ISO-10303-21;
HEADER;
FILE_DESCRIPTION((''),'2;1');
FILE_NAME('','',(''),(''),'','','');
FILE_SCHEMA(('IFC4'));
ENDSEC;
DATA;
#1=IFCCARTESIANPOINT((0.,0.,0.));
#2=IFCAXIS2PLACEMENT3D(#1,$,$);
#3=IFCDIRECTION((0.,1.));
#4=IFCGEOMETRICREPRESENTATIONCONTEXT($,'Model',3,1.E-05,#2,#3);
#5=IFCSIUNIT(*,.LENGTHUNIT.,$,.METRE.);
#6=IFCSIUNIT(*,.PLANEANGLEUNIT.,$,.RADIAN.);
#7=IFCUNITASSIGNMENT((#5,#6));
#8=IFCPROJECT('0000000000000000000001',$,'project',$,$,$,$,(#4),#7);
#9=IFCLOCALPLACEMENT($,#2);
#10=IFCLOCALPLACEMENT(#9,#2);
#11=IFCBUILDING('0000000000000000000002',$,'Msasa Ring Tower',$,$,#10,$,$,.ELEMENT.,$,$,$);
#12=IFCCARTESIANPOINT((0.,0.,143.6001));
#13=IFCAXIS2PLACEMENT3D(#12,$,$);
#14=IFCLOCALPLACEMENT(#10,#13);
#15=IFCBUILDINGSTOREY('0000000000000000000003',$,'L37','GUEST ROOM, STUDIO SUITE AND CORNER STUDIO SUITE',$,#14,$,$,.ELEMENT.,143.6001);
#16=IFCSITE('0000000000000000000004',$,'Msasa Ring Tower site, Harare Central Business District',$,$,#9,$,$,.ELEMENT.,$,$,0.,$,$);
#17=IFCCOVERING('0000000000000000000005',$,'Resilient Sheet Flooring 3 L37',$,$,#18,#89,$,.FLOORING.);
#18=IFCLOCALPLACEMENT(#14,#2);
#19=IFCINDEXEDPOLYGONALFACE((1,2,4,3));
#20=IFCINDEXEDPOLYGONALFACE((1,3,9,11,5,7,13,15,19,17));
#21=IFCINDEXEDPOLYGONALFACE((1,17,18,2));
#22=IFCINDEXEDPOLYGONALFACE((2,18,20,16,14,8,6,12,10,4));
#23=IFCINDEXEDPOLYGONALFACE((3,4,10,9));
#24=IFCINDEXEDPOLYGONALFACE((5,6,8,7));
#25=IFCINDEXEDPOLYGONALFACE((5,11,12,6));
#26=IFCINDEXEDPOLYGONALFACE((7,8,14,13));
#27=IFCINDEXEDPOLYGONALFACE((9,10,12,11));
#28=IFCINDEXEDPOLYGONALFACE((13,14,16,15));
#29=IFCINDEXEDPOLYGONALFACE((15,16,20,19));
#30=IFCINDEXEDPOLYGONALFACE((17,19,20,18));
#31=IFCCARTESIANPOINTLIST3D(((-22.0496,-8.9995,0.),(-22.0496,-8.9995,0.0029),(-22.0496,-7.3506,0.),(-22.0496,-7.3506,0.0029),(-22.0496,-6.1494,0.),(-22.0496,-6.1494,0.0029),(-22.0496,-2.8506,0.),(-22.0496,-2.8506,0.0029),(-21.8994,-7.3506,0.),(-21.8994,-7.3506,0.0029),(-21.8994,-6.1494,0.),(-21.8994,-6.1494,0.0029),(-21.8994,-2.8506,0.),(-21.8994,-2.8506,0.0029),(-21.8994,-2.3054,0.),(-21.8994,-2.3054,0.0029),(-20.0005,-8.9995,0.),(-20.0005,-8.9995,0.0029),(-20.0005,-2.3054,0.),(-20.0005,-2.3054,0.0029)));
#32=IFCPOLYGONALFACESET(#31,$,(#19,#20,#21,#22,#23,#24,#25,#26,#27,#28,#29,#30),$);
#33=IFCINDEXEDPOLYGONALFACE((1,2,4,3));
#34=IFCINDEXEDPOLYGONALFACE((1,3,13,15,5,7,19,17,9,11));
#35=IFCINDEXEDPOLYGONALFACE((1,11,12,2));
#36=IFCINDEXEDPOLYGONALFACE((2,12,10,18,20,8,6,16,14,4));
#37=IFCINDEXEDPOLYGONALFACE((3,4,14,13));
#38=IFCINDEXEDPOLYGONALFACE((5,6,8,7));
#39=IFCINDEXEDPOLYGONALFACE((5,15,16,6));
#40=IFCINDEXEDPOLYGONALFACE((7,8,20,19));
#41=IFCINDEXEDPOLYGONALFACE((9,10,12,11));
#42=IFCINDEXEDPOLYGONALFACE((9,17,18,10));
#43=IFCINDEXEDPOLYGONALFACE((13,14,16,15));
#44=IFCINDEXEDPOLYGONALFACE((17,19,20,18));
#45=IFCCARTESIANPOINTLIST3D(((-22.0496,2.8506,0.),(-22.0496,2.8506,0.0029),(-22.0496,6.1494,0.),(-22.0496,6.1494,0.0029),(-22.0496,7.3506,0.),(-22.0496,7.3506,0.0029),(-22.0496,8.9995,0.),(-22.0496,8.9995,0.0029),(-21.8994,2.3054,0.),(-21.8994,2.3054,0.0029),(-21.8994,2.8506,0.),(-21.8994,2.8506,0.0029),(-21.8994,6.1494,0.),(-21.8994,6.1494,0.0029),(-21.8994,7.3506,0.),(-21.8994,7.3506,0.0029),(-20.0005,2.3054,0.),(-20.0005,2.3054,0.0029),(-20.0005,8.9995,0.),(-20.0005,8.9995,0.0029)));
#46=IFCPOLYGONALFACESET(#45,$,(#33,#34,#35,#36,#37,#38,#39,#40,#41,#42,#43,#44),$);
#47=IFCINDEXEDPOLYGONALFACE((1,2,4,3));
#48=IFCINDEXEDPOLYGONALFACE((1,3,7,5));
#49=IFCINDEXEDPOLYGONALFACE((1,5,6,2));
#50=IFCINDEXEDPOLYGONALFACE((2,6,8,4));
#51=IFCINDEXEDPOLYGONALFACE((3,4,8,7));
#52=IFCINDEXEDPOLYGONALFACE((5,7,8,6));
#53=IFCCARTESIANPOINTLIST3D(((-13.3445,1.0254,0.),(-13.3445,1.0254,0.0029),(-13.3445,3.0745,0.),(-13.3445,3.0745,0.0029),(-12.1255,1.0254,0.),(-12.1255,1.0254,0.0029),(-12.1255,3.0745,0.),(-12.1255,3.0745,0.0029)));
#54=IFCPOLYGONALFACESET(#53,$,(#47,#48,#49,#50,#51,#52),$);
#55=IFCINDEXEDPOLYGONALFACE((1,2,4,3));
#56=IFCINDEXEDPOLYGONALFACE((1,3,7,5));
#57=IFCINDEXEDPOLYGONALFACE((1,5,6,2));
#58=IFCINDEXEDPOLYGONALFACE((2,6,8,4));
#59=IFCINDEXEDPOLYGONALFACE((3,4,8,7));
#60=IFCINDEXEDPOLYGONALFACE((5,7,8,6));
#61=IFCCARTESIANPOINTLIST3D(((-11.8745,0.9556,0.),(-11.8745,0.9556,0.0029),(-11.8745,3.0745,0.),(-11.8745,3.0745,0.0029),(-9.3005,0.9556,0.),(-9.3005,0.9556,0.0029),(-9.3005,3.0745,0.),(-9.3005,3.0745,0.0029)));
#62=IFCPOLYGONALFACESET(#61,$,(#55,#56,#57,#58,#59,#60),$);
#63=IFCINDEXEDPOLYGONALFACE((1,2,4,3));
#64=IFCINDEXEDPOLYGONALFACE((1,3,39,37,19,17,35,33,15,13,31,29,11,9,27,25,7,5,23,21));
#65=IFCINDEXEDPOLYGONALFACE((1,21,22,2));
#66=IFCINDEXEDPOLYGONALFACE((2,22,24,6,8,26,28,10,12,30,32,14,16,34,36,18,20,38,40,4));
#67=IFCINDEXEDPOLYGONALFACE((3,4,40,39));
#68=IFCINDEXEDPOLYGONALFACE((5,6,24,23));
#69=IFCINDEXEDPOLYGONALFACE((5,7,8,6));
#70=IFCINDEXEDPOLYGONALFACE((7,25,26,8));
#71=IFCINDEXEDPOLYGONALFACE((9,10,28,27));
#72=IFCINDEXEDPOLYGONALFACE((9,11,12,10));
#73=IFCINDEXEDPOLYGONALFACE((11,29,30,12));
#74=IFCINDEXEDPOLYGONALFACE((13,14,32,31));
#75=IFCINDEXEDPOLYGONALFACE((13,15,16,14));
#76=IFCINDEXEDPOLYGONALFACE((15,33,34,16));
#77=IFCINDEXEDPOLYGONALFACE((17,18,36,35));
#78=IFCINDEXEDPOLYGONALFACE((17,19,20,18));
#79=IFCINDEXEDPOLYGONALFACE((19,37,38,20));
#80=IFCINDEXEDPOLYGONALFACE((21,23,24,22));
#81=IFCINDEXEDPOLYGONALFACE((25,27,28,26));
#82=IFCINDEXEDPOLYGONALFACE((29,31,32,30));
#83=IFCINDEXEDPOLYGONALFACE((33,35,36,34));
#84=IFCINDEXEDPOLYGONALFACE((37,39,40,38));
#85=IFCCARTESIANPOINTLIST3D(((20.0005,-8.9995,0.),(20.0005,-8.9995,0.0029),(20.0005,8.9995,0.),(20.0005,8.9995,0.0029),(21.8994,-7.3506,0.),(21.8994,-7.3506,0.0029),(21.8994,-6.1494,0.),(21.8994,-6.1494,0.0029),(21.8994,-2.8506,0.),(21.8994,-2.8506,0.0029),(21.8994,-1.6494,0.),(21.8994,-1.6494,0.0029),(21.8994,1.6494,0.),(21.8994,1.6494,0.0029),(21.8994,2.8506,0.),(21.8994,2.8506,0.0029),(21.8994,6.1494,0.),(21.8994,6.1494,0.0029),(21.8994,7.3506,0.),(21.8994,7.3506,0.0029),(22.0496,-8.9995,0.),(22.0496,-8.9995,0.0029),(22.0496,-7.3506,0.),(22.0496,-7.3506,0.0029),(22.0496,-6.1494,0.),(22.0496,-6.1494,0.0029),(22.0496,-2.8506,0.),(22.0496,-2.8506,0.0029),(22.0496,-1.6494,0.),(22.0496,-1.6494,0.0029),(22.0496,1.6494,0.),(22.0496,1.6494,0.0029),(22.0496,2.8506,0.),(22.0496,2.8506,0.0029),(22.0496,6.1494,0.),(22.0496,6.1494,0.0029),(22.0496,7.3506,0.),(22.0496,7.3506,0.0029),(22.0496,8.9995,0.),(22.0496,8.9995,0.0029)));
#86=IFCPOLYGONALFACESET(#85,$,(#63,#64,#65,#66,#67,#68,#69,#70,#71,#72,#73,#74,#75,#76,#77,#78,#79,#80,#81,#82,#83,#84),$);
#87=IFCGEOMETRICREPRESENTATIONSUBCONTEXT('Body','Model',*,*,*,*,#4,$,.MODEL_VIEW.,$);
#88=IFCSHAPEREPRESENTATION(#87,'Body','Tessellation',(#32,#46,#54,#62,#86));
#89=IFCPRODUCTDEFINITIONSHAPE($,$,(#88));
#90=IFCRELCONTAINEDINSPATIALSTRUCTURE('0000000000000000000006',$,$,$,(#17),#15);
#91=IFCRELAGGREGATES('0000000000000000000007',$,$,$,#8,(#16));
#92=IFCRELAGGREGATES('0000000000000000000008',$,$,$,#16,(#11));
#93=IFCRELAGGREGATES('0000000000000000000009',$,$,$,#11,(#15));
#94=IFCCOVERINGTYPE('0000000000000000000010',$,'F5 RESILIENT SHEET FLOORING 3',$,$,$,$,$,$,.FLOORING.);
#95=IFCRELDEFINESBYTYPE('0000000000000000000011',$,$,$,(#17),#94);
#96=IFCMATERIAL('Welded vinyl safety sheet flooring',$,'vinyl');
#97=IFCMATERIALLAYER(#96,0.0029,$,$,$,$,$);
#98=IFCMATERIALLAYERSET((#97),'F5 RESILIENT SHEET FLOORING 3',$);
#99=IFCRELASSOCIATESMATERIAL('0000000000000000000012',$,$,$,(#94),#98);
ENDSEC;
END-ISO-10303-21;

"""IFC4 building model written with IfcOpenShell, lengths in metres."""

from ifc_helpers import new_model, si_unit, direction, frame, origin, place, context, subcontext, project, spatial, line, indexed_curve, outline, extrude, material, layer, layer_set, type_object, element, save


model = new_model("IFC4")

# Units and contexts
model_context = context("Model", 3, precision=1e-05, world=origin(), true_north=direction((0.0, 1.0)))
body_context = subcontext(model_context, "Body", "Model", "MODEL_VIEW")
ifc_project = project(units=[si_unit("LENGTHUNIT", "METRE"), si_unit("PLANEANGLEUNIT", "RADIAN")], contexts=[model_context])

# Site, building, storey
site_placement = place(None, origin())
site = spatial("IfcSite", under=ifc_project, at=site_placement, Name="Msasa Ring Tower site, Harare Central Business District", CompositionType="ELEMENT", RefElevation=0.0)
building_placement = place(site_placement, origin())
building = spatial("IfcBuilding", under=site, at=building_placement, Name="Msasa Ring Tower", CompositionType="ELEMENT")
storey_placement = place(building_placement, frame((0.0, 0.0, 143.6001)))
storey = spatial("IfcBuildingStorey", under=building, at=storey_placement, Name="L37", Description="GUEST ROOM, STUDIO SUITE AND CORNER STUDIO SUITE", CompositionType="ELEMENT", Elevation=143.6001)

# Covering
ifc_material_1 = material(Name="Welded vinyl safety sheet flooring", Category="vinyl")
ifc_layer_1 = layer(ifc_material_1, 0.0029)
ifc_layer_set_1 = layer_set([ifc_layer_1], Name="F5 RESILIENT SHEET FLOORING 3")
covering_type_1 = type_object("IfcCoveringType", Name="F5 RESILIENT SHEET FLOORING 3", PredefinedType="FLOORING", material=ifc_layer_set_1)
covering_1_placement = place(storey_placement, origin())
element("IfcCovering", 1, at=covering_1_placement, inside=storey, type_object=covering_type_1, Name="Resilient Sheet Flooring 3 L37", PredefinedType="FLOORING", context=body_context, shape_type="SweptSolid", body=[
    extrude(outline(indexed_curve([(-20.0005, -2.3054), (-20.0005, -8.9995), (-22.0496, -8.9995), (-22.0496, -7.3506), (-21.8994, -7.3506), (-21.8994, -6.1494), (-22.0496, -6.1494), (-22.0496, -2.8506), (-21.8994, -2.8506), (-21.8994, -2.3054)], segments=[line(1, 2, 3, 4, 5, 6, 7, 8, 9, 10, 1)], self_intersect=False)), origin(), (0.0, 0.0, 1.0), 0.0029),
    extrude(outline(indexed_curve([(-20.0005, 2.3054), (-21.8994, 2.3054), (-21.8994, 2.8506), (-22.0496, 2.8506), (-22.0496, 6.1494), (-21.8994, 6.1494), (-21.8994, 7.3506), (-22.0496, 7.3506), (-22.0496, 8.9995), (-20.0005, 8.9995)], segments=[line(1, 2, 3, 4, 5, 6, 7, 8, 9, 10, 1)], self_intersect=False)), origin(), (0.0, 0.0, 1.0), 0.0029),
    extrude(outline(indexed_curve([(-13.3445, 3.0745), (-12.1255, 3.0745), (-12.1255, 1.0254), (-13.3445, 1.0254)], segments=[line(1, 2, 3, 4, 1)], self_intersect=False)), origin(), (0.0, 0.0, 1.0), 0.0029),
    extrude(outline(indexed_curve([(-11.8745, 0.9556), (-11.8745, 3.0745), (-9.3005, 3.0745), (-9.3005, 0.9556)], segments=[line(1, 2, 3, 4, 1)], self_intersect=False)), origin(), (0.0, 0.0, 1.0), 0.0029),
    extrude(outline(indexed_curve([(22.0496, 7.3506), (21.8994, 7.3506), (21.8994, 6.1494), (22.0496, 6.1494), (22.0496, 2.8506), (21.8994, 2.8506), (21.8994, 1.6494), (22.0496, 1.6494), (22.0496, -1.6494), (21.8994, -1.6494), (21.8994, -2.8506), (22.0496, -2.8506), (22.0496, -6.1494), (21.8994, -6.1494), (21.8994, -7.3506), (22.0496, -7.3506), (22.0496, -8.9995), (20.0005, -8.9995), (20.0005, 8.9995), (22.0496, 8.9995)], segments=[line(1, 2, 3, 4, 5, 6, 7, 8, 9, 10, 11, 12, 13, 14, 15, 16, 17, 18, 19, 20, 1)], self_intersect=False)), origin(), (0.0, 0.0, 1.0), 0.0029),
])

save(model, "model.ifc")
